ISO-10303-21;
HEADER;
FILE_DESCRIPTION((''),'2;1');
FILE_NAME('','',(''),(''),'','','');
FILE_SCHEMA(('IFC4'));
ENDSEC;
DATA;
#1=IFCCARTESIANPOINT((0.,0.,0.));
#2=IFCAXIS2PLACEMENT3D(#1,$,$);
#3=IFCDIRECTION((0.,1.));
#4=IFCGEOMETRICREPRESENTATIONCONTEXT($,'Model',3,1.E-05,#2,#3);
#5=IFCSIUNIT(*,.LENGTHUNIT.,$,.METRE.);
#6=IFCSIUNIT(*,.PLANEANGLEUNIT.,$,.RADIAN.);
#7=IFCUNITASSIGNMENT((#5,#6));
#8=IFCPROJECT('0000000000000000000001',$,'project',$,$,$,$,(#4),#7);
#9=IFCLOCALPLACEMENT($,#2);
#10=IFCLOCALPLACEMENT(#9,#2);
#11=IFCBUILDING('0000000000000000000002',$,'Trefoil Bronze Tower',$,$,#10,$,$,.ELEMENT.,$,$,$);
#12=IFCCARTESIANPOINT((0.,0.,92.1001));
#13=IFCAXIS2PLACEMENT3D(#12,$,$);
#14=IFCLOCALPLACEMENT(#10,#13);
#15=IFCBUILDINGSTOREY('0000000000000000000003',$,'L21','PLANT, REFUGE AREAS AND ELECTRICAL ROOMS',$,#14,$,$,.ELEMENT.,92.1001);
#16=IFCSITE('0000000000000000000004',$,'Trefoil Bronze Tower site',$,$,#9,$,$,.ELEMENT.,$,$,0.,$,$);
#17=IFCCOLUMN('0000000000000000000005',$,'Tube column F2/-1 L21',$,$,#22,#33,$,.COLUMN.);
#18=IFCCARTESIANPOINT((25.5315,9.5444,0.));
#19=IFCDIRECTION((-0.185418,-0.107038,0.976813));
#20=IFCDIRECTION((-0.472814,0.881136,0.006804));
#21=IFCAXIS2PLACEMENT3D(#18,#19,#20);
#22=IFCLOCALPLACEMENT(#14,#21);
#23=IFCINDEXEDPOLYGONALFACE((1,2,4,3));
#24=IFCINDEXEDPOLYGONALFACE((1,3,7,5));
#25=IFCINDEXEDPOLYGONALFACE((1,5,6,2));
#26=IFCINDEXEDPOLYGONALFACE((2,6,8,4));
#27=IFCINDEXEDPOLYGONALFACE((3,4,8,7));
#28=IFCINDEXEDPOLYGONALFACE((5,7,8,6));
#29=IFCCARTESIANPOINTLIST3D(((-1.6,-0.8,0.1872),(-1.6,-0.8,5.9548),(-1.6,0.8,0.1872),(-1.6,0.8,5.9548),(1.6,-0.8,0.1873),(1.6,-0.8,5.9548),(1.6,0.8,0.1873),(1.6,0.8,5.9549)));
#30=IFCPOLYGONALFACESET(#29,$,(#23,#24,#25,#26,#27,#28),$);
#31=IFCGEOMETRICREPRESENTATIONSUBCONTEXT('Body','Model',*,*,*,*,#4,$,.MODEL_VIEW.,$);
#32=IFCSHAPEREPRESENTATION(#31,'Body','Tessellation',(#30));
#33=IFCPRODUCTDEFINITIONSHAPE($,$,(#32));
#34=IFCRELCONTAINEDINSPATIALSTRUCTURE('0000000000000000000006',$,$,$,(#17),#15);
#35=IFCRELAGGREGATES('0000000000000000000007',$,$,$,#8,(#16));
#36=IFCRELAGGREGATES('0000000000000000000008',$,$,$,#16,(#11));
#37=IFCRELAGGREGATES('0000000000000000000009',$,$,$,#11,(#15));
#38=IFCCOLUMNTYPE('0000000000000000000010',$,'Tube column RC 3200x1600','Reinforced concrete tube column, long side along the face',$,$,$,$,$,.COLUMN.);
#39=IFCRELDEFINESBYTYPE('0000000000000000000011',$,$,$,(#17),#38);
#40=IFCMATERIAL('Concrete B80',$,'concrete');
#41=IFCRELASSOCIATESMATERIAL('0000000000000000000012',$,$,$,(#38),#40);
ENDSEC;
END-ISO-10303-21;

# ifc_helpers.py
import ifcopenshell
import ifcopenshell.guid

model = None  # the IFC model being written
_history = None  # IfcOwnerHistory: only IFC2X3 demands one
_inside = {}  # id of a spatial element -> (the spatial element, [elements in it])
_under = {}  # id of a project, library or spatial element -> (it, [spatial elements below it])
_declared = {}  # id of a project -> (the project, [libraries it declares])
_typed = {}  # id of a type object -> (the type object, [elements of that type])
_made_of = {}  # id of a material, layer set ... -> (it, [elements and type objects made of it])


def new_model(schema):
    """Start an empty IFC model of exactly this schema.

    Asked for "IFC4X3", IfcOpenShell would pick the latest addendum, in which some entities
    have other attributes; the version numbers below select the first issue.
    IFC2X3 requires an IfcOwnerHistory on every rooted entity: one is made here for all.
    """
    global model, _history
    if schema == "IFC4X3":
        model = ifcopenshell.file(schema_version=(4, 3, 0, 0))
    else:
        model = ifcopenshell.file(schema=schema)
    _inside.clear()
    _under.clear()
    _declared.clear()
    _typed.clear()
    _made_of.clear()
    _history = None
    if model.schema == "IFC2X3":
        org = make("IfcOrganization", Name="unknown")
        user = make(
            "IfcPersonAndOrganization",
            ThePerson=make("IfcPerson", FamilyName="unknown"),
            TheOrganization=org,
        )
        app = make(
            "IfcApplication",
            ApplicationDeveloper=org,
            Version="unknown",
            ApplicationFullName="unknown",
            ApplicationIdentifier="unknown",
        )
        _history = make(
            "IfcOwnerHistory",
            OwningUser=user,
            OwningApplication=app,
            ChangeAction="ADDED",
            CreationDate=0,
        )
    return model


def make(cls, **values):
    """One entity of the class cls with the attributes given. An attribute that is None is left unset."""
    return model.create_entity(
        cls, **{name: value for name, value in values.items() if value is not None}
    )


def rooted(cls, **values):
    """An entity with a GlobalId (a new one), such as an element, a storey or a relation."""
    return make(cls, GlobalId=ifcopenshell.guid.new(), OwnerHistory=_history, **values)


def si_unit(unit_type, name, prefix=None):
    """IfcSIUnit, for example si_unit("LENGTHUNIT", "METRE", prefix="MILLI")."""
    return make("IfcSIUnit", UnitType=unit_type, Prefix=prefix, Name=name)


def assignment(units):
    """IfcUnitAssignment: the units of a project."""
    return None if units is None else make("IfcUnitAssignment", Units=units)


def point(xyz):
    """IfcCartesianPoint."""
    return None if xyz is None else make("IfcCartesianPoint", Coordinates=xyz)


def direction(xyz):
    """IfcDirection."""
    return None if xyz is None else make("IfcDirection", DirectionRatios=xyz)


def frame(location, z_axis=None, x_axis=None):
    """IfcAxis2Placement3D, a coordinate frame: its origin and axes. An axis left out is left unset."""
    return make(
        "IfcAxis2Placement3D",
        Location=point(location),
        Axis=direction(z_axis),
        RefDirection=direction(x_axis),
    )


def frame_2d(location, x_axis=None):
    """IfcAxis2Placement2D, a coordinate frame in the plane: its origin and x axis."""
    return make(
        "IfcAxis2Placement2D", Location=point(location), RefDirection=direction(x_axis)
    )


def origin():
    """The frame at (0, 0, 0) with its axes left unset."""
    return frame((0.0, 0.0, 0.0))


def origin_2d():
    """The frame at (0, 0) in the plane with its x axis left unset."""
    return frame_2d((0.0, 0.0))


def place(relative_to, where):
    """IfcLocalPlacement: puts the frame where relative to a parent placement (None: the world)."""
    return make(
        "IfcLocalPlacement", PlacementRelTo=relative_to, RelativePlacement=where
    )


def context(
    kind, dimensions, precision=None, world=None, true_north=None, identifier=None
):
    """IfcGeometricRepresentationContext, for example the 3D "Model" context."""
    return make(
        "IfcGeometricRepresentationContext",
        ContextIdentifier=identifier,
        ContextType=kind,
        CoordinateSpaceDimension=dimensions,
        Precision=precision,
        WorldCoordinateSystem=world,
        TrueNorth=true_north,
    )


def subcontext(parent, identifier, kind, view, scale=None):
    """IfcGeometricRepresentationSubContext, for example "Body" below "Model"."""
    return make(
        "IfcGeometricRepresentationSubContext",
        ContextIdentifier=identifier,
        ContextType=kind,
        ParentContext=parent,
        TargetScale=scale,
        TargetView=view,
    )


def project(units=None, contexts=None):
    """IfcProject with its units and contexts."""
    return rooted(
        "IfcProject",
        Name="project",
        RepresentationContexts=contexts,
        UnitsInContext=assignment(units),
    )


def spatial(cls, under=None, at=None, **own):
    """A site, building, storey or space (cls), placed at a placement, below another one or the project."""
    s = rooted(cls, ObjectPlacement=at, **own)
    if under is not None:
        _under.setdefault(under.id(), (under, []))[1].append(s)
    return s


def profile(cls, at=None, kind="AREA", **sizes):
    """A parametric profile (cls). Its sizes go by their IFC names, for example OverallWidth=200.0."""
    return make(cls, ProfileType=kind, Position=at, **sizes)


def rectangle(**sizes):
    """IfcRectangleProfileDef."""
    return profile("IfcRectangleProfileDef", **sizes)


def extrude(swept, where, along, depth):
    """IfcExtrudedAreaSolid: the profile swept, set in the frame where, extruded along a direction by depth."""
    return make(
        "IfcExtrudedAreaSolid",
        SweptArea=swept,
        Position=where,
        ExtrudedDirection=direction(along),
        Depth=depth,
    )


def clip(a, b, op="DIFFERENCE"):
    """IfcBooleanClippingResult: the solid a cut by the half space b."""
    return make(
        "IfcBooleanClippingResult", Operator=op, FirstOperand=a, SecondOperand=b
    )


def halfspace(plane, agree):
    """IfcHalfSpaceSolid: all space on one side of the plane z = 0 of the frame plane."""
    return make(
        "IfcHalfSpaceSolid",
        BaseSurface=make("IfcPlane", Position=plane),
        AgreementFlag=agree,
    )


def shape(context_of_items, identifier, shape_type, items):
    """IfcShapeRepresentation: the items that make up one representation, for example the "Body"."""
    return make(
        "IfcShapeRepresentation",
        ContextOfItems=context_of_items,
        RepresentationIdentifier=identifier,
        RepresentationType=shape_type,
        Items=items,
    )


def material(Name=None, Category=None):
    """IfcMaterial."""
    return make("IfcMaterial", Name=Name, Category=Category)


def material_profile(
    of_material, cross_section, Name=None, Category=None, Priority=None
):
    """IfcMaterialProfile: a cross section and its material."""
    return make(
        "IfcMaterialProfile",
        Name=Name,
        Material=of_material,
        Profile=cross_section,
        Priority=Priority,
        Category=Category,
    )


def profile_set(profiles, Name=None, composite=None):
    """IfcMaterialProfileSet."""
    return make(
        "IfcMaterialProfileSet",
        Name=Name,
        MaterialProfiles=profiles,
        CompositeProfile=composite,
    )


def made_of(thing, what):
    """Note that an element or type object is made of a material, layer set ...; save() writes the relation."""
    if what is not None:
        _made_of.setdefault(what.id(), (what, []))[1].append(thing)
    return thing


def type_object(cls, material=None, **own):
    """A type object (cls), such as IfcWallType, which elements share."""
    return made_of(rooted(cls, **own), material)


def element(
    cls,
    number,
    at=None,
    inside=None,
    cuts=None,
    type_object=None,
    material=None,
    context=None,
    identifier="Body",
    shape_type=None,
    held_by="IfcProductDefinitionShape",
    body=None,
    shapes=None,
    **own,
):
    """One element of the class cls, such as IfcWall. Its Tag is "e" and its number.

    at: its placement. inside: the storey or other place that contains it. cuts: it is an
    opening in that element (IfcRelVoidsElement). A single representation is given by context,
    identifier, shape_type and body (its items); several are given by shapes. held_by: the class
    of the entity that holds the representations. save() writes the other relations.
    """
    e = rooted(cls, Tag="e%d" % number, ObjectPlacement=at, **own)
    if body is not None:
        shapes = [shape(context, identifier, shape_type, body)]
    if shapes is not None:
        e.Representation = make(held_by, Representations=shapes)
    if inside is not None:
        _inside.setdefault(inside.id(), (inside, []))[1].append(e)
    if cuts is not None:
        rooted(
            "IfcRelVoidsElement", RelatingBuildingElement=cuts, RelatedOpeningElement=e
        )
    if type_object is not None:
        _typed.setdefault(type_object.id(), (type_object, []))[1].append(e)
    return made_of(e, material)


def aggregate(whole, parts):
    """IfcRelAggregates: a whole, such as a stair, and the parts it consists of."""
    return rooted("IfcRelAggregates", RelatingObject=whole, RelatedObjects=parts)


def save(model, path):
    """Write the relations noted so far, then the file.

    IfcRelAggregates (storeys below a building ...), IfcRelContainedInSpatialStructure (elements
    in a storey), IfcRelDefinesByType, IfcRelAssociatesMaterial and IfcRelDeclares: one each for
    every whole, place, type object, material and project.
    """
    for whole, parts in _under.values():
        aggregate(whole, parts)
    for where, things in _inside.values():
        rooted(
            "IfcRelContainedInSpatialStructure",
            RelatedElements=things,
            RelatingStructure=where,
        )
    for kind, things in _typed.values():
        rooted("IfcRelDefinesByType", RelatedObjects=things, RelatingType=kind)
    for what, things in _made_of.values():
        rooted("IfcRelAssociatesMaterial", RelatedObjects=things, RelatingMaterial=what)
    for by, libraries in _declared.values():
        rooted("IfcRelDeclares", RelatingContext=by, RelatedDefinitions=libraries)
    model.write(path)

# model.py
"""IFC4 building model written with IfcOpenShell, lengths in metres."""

from ifc_helpers import new_model, si_unit, direction, frame, origin, origin_2d, place, context, subcontext, project, spatial, rectangle, extrude, clip, halfspace, material, material_profile, profile_set, type_object, element, save


model = new_model("IFC4")

# Units and contexts
model_context = context("Model", 3, precision=1e-05, world=origin(), true_north=direction((0.0, 1.0)))
body_context = subcontext(model_context, "Body", "Model", "MODEL_VIEW")
ifc_project = project(units=[si_unit("LENGTHUNIT", "METRE"), si_unit("PLANEANGLEUNIT", "RADIAN")], contexts=[model_context])

# Site, building, storey
site_placement = place(None, origin())
site = spatial("IfcSite", under=ifc_project, at=site_placement, Name="Trefoil Bronze Tower site", CompositionType="ELEMENT", RefElevation=0.0)
building_placement = place(site_placement, origin())
building = spatial("IfcBuilding", under=site, at=building_placement, Name="Trefoil Bronze Tower", CompositionType="ELEMENT")
storey_placement = place(building_placement, frame((0.0, 0.0, 92.1001)))
storey = spatial("IfcBuildingStorey", under=building, at=storey_placement, Name="L21", Description="PLANT, REFUGE AREAS AND ELECTRICAL ROOMS", CompositionType="ELEMENT", Elevation=92.1001)

# Column
ifc_material_1 = material(Name="Concrete B80", Category="concrete")
ifc_material_profile_1 = material_profile(ifc_material_1, rectangle(XDim=3.2, YDim=1.6001, at=origin_2d()), Name="RC 3200x1600")
ifc_profile_set_1 = profile_set([ifc_material_profile_1], Name="Concrete B80")
column_type = type_object("IfcColumnType", Name="Tube column RC 3200x1600", Description="Reinforced concrete tube column, long side along the face", PredefinedType="COLUMN", material=ifc_profile_set_1)
column_placement = place(storey_placement, frame((25.5315, 9.5444, 0.0), z_axis=(-0.185418, -0.107038, 0.976813), x_axis=(-0.472814, 0.881136, 0.006804)))
element("IfcColumn", 1, at=column_placement, inside=storey, type_object=column_type, Name="Tube column F2/-1 L21", PredefinedType="COLUMN", context=body_context, shape_type="Clipping", body=[
    clip(clip(extrude(rectangle(XDim=3.2, YDim=1.6001, at=origin_2d()), origin(), (0.0, 0.0, 1.0), 6.1423), halfspace(frame((0.0, 0.0, 0.1873), z_axis=(-0.000011, -0.000006, 1.0), x_axis=(0.0, 1.0, 0.000006)), True)), halfspace(frame((0.0, 0.0, 5.9548), z_axis=(0.000011, 0.000006, -1.0), x_axis=(0.0, -1.0, -0.000006)), True)),
])

save(model, "model.ifc")
